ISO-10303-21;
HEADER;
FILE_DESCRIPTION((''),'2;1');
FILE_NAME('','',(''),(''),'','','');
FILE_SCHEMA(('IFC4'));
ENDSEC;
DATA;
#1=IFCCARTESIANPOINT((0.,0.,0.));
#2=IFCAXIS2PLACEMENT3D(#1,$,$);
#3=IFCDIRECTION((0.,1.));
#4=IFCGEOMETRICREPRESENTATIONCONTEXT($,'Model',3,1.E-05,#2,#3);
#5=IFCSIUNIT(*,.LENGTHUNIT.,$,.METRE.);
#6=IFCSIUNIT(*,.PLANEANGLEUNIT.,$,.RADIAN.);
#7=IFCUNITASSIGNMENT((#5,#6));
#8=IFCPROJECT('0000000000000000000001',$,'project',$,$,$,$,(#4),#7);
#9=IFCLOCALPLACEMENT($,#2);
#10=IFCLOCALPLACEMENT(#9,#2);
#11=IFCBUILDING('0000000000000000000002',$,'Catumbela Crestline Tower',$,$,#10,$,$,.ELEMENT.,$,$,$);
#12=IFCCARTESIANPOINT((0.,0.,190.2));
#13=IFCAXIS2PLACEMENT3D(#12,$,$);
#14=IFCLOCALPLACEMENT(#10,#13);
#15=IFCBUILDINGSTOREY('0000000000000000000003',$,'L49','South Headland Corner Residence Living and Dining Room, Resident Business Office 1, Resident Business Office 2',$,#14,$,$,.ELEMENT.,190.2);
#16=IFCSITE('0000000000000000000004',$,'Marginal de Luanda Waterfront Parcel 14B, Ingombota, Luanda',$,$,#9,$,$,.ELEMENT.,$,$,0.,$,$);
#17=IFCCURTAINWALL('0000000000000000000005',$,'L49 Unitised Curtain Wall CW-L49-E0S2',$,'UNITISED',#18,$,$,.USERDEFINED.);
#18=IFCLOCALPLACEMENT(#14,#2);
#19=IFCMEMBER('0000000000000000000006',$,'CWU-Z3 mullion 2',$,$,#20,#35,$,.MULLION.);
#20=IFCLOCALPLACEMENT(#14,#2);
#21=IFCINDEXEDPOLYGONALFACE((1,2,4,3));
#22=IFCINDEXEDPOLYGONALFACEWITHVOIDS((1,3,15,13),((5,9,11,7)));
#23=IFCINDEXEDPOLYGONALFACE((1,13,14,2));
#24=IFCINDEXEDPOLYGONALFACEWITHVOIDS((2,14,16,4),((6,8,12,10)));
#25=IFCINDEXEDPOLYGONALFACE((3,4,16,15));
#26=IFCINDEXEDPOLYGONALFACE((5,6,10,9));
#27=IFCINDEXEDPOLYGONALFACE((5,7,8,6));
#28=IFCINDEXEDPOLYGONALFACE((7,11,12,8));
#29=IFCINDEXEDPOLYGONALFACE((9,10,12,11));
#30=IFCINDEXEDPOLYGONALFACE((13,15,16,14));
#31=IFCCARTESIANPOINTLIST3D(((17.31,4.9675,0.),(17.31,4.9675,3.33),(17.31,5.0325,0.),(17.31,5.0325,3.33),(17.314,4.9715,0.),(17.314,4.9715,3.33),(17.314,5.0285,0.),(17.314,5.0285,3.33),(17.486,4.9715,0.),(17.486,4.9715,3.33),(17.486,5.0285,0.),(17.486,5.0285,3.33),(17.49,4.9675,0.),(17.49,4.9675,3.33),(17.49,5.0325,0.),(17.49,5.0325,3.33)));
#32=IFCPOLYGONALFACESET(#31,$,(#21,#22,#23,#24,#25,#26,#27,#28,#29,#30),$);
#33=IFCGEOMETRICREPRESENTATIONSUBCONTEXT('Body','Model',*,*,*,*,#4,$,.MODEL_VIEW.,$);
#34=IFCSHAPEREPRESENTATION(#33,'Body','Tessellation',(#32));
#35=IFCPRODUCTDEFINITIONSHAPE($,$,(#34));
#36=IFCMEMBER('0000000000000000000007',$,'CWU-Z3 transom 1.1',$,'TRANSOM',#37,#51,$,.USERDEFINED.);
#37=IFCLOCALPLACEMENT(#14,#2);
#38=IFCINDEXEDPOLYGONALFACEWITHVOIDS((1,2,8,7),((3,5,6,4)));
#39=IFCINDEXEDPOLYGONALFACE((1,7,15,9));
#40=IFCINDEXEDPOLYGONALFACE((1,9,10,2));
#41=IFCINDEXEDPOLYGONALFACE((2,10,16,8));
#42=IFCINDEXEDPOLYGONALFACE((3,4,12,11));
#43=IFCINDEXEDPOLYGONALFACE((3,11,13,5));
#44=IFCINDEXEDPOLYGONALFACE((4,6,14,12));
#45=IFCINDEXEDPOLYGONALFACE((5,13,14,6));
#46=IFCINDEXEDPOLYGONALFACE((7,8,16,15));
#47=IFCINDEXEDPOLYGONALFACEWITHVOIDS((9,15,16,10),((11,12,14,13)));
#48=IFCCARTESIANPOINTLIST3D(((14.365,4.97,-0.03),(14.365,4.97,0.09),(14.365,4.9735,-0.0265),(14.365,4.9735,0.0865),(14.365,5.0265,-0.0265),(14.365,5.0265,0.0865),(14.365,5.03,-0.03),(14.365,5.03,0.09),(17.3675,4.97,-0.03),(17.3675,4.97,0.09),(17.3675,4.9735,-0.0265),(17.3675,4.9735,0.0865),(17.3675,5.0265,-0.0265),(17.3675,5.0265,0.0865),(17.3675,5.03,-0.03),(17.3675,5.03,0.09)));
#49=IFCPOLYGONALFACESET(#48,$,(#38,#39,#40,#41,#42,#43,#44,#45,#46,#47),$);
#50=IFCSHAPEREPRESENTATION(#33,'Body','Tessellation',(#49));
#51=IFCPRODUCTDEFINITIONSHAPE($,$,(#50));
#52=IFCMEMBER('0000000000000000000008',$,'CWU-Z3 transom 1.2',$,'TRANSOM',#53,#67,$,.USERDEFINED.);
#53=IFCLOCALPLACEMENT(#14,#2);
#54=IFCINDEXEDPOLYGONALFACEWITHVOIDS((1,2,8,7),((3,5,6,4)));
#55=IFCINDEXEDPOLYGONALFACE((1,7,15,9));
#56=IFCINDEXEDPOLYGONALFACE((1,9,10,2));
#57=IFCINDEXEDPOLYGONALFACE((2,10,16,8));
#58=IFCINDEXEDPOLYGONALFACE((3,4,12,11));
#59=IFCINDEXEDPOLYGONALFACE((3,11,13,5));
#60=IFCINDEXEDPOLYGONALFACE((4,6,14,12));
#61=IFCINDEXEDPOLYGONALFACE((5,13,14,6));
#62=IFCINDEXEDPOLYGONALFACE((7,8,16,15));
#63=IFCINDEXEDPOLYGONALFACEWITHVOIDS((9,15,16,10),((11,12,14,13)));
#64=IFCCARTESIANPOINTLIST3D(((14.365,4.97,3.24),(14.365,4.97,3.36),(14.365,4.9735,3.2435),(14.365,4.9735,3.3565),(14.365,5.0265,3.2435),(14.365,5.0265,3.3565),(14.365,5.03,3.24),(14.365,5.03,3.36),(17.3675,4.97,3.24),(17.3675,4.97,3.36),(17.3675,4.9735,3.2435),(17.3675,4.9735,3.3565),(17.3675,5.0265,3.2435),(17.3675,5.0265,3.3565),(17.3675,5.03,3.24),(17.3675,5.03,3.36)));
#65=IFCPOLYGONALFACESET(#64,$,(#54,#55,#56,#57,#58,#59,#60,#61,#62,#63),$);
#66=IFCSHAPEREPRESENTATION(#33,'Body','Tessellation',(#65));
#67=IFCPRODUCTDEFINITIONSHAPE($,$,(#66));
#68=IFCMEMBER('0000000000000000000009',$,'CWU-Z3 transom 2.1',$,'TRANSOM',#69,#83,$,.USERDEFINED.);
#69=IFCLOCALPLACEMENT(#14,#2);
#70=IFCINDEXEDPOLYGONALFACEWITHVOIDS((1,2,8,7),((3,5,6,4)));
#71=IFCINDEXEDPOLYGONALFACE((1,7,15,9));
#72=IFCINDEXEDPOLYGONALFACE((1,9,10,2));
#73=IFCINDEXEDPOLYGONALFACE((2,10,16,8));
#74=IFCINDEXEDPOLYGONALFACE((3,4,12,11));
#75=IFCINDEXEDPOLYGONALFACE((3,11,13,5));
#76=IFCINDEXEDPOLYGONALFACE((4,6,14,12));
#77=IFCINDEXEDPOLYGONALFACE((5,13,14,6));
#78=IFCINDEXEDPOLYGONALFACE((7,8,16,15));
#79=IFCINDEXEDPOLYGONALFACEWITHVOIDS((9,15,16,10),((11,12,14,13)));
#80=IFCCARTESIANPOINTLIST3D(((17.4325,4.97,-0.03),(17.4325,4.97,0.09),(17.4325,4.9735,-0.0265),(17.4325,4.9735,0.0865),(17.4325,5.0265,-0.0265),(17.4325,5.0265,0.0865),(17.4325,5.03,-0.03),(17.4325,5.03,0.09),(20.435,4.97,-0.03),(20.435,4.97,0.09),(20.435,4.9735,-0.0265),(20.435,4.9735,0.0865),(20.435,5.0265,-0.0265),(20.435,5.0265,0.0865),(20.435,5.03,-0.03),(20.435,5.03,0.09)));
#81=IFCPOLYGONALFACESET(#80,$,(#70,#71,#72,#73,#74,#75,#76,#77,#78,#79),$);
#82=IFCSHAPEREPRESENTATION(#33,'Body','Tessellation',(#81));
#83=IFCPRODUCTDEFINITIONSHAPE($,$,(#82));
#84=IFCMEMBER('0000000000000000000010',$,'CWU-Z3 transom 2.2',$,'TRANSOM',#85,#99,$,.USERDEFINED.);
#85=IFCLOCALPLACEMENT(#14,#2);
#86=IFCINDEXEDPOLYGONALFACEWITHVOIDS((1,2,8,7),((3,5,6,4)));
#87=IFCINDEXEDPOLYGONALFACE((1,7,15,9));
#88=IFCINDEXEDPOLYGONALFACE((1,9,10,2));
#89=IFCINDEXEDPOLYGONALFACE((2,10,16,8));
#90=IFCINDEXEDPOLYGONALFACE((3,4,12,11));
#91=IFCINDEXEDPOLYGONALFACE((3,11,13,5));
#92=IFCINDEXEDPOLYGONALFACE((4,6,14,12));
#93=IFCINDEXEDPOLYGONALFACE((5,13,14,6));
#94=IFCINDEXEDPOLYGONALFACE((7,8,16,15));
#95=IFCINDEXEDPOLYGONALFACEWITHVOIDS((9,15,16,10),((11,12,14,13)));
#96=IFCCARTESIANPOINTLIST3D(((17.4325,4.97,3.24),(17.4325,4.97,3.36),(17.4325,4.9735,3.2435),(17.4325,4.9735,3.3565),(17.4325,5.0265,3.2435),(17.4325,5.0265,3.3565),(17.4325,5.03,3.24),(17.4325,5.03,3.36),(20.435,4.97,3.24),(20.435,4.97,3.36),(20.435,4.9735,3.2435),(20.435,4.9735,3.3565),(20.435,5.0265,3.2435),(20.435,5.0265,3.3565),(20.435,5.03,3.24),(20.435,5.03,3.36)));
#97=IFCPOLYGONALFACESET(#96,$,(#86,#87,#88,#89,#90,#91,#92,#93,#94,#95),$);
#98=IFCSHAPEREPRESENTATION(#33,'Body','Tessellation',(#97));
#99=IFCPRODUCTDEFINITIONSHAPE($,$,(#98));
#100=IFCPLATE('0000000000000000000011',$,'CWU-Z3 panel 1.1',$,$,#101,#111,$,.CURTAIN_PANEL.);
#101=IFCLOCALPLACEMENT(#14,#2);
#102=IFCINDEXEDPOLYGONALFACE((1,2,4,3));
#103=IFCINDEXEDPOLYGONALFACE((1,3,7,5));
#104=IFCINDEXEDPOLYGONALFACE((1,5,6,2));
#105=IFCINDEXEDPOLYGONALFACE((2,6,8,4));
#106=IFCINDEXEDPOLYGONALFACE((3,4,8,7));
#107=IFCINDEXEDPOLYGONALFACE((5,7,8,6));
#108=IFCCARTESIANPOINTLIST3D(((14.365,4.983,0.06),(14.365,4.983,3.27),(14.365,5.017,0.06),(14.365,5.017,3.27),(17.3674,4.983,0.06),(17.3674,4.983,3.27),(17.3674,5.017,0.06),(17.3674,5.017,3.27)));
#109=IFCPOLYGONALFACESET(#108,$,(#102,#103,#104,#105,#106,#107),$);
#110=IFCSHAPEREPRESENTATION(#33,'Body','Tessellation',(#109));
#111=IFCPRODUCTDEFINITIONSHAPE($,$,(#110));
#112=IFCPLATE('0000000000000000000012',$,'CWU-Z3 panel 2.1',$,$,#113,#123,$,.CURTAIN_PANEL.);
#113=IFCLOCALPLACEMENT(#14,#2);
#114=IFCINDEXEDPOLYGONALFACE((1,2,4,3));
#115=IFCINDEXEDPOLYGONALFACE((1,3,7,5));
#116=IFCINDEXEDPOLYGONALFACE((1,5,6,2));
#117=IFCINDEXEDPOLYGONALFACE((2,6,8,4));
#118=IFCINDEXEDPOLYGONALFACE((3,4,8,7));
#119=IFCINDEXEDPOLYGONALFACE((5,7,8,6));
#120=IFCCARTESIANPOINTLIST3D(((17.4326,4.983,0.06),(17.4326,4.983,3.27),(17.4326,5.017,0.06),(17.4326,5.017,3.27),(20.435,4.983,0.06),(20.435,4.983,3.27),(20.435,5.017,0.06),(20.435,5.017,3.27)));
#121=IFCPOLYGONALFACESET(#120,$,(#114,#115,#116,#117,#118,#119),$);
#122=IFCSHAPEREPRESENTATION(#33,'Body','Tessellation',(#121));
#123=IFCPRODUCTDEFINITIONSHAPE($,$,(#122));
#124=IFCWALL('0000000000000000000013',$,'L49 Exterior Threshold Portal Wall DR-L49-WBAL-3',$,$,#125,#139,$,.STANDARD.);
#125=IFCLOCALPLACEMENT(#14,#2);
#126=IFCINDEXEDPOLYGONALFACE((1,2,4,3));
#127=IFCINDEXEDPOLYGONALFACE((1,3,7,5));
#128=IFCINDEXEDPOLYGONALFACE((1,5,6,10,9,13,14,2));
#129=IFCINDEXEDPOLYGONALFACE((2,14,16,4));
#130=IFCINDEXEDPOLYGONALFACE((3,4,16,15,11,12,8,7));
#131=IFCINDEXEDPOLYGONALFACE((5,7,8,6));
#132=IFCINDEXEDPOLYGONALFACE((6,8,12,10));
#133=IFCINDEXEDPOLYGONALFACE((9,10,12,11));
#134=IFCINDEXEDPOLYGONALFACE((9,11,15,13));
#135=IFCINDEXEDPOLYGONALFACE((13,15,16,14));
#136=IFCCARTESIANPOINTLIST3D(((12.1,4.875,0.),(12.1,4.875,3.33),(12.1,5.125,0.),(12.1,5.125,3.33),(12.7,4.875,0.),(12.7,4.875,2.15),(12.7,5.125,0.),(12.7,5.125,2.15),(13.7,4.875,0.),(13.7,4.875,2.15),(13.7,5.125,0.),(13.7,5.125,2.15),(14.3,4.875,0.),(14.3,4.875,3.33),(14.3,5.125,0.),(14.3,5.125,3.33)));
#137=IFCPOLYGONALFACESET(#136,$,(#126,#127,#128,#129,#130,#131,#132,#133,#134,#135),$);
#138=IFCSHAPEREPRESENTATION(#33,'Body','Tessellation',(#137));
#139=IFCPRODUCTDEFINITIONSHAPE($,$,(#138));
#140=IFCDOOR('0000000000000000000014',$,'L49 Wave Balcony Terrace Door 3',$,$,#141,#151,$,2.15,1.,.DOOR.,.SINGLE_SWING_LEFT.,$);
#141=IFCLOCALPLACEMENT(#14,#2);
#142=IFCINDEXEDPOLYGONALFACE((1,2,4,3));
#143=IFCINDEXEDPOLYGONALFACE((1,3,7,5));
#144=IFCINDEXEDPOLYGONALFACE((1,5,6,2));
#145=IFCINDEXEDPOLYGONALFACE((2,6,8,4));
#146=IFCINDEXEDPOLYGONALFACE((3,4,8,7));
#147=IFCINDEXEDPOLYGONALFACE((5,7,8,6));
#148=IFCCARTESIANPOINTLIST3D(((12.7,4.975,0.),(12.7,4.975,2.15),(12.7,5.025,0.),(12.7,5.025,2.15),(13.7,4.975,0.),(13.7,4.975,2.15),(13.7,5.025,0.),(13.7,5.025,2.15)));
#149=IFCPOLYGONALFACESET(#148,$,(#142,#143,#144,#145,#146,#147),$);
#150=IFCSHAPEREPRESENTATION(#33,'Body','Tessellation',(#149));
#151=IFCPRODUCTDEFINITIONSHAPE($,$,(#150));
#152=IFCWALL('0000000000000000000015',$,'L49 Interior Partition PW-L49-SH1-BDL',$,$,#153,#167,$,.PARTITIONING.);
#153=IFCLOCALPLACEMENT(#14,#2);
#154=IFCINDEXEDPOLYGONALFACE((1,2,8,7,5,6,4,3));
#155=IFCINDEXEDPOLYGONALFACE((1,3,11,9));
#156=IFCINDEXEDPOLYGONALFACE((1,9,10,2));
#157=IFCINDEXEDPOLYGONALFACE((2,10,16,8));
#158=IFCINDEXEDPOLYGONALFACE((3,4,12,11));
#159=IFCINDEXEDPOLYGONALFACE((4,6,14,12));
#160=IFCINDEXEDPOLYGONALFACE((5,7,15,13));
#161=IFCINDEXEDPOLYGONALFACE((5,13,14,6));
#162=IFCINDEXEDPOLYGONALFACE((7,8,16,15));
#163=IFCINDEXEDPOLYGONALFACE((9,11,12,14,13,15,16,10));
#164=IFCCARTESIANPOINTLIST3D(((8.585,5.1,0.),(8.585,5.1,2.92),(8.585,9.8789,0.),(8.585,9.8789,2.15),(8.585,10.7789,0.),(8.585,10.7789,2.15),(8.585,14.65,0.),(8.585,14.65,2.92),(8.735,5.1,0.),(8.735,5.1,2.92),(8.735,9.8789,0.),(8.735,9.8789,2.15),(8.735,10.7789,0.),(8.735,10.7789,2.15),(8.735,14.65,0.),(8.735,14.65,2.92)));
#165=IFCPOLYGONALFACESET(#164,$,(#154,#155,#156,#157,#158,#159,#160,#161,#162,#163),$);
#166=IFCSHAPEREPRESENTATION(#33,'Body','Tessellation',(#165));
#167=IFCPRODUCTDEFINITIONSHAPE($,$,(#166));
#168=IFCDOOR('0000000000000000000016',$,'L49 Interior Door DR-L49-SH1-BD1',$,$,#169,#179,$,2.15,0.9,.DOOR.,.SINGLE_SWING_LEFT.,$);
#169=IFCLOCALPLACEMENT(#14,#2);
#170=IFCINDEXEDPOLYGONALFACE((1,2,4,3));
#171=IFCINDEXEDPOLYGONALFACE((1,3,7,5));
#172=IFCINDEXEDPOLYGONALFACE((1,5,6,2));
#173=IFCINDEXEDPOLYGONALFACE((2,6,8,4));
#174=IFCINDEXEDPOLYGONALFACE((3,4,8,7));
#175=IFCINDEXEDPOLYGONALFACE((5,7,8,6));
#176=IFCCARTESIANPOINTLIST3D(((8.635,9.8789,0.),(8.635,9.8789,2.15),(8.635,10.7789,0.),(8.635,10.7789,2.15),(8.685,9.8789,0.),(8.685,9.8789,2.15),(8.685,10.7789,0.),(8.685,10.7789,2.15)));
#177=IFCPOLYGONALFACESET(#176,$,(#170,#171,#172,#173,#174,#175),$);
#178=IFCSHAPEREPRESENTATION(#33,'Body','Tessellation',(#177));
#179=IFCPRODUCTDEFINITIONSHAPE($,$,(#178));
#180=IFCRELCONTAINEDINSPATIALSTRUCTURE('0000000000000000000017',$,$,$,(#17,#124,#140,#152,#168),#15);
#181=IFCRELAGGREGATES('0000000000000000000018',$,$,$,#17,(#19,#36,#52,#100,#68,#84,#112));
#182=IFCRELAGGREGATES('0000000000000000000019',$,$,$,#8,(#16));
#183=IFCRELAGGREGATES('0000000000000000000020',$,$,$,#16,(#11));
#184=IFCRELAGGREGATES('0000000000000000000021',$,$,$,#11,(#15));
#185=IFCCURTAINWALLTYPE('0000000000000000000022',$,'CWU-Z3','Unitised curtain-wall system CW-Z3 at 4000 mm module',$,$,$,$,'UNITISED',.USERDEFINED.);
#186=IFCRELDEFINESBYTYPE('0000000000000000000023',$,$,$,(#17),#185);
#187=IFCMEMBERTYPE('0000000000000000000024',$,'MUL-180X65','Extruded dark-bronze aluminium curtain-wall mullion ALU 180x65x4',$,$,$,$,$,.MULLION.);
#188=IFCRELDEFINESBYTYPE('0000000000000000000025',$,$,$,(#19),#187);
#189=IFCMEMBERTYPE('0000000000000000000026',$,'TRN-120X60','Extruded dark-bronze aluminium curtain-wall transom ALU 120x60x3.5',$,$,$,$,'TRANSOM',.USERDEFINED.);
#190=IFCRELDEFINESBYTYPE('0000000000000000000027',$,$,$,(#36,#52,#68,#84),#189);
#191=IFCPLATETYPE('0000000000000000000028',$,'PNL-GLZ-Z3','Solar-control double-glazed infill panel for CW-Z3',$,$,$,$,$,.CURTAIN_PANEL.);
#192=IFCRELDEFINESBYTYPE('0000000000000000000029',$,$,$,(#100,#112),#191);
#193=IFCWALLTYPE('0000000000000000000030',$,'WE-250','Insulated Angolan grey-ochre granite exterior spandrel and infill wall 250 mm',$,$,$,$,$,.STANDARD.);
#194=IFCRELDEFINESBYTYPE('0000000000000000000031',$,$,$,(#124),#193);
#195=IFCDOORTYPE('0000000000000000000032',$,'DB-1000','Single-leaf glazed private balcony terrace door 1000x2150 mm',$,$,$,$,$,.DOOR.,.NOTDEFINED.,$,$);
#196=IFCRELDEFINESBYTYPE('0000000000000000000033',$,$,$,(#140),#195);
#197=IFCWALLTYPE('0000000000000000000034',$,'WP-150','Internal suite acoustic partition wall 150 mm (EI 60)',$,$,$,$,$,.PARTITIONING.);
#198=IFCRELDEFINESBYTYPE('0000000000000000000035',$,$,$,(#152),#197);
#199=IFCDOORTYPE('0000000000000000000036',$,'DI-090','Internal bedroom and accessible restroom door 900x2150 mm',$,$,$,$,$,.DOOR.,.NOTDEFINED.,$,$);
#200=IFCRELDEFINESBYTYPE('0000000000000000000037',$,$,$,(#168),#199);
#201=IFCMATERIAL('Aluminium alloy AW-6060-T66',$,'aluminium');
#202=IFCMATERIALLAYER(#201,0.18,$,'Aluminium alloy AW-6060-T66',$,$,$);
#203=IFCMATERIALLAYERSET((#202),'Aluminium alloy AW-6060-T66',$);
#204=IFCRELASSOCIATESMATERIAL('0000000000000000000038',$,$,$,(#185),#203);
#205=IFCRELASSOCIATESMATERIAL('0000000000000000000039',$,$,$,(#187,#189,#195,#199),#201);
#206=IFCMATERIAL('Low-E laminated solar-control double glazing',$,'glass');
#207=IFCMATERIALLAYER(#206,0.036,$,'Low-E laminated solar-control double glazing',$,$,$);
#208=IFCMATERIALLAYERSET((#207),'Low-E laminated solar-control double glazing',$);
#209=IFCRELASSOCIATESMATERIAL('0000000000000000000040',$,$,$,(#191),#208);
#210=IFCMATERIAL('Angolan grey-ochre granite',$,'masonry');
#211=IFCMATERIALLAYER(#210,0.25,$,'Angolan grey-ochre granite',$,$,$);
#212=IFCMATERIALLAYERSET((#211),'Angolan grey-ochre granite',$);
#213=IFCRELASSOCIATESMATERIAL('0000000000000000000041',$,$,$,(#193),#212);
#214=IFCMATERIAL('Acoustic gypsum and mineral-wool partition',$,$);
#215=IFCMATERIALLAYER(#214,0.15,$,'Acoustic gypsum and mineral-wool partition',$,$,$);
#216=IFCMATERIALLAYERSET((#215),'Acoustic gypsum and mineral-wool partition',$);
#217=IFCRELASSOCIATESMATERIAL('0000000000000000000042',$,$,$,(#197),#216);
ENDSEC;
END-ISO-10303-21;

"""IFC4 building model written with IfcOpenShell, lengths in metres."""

from ifc_helpers import new_model, si_unit, direction, frame, frame_2d, origin, origin_2d, place, context, subcontext, project, spatial, rectangle, hollow_rectangle, extrude, material, layer, layer_set, material_profile, profile_set, type_object, element, fill, aggregate, save


model = new_model("IFC4")

# Units and contexts
model_context = context("Model", 3, precision=1e-05, world=origin(), true_north=direction((0.0, 1.0)))
body_context = subcontext(model_context, "Body", "Model", "MODEL_VIEW")
ifc_project = project(units=[si_unit("LENGTHUNIT", "METRE"), si_unit("PLANEANGLEUNIT", "RADIAN")], contexts=[model_context])

# Site, building, storey
site_placement = place(None, origin())
site = spatial("IfcSite", under=ifc_project, at=site_placement, Name="Marginal de Luanda Waterfront Parcel 14B, Ingombota, Luanda", CompositionType="ELEMENT", RefElevation=0.0)
building_placement = place(site_placement, origin())
building = spatial("IfcBuilding", under=site, at=building_placement, Name="Catumbela Crestline Tower", CompositionType="ELEMENT")
storey_placement = place(building_placement, frame((0.0, 0.0, 190.2)))
storey = spatial("IfcBuildingStorey", under=building, at=storey_placement, Name="L49", Description="South Headland Corner Residence Living and Dining Room, Resident Business Office 1, Resident Business Office 2", CompositionType="ELEMENT", Elevation=190.2)

# Curtain wall, members, plates
ifc_material_1 = material(Name="Aluminium alloy AW-6060-T66", Category="aluminium")
ifc_layer_1 = layer(ifc_material_1, 0.18, Name="Aluminium alloy AW-6060-T66")
ifc_layer_set_1 = layer_set([ifc_layer_1], Name="Aluminium alloy AW-6060-T66")
curtain_wall_type = type_object("IfcCurtainWallType", Name="CWU-Z3", Description="Unitised curtain-wall system CW-Z3 at 4000 mm module", ElementType="UNITISED", PredefinedType="USERDEFINED", material=ifc_layer_set_1)
curtain_wall_placement = place(storey_placement, origin())
curtain_wall = element("IfcCurtainWall", 1, at=curtain_wall_placement, inside=storey, type_object=curtain_wall_type, Name="L49 Unitised Curtain Wall CW-L49-E0S2", ObjectType="UNITISED", PredefinedType="USERDEFINED")
ifc_material_profile_1 = material_profile(ifc_material_1, hollow_rectangle(XDim=0.065, YDim=0.18, WallThickness=0.004, at=origin_2d()), Name="ALU 180x65x4")
ifc_profile_set_1 = profile_set([ifc_material_profile_1], Name="Aluminium alloy AW-6060-T66")
member_type_1 = type_object("IfcMemberType", Name="MUL-180X65", Description="Extruded dark-bronze aluminium curtain-wall mullion ALU 180x65x4", PredefinedType="MULLION", material=ifc_profile_set_1)
member_1_placement = place(storey_placement, frame((17.4, 5.0, 0.0), z_axis=(0.0, 0.0, 1.0), x_axis=(0.0, 1.0, 0.0)))
member_1 = element("IfcMember", 2, at=member_1_placement, type_object=member_type_1, Name="CWU-Z3 mullion 2", PredefinedType="MULLION", context=body_context, shape_type="SweptSolid", body=[
    extrude(hollow_rectangle(XDim=0.065, YDim=0.18, WallThickness=0.004, at=origin_2d()), origin(), (0.0, 0.0, 1.0), 3.33),
])
ifc_material_profile_2 = material_profile(ifc_material_1, hollow_rectangle(XDim=0.06, YDim=0.12, WallThickness=0.0035, at=origin_2d()), Name="ALU 120x60x3.5")
ifc_profile_set_2 = profile_set([ifc_material_profile_2], Name="Aluminium alloy AW-6060-T66")
member_type_2 = type_object("IfcMemberType", Name="TRN-120X60", Description="Extruded dark-bronze aluminium curtain-wall transom ALU 120x60x3.5", ElementType="TRANSOM", PredefinedType="USERDEFINED", material=ifc_profile_set_2)
member_2_placement = place(storey_placement, frame((14.365, 5.0, 0.03), z_axis=(1.0, 0.0, 0.0), x_axis=(0.0, 1.0, 0.0)))
member_2 = element("IfcMember", 3, at=member_2_placement, type_object=member_type_2, Name="CWU-Z3 transom 1.1", ObjectType="TRANSOM", PredefinedType="USERDEFINED", context=body_context, shape_type="SweptSolid", body=[
    extrude(hollow_rectangle(XDim=0.06, YDim=0.12, WallThickness=0.0035, at=origin_2d()), origin(), (0.0, 0.0, 1.0), 3.0025),
])
member_3_placement = place(storey_placement, frame((14.365, 5.0, 3.3), z_axis=(1.0, 0.0, 0.0), x_axis=(0.0, 1.0, 0.0)))
member_3 = element("IfcMember", 4, at=member_3_placement, type_object=member_type_2, Name="CWU-Z3 transom 1.2", ObjectType="TRANSOM", PredefinedType="USERDEFINED", context=body_context, shape_type="SweptSolid", body=[
    extrude(hollow_rectangle(XDim=0.06, YDim=0.12, WallThickness=0.0035, at=origin_2d()), origin(), (0.0, 0.0, 1.0), 3.0025),
])
member_4_placement = place(storey_placement, frame((17.4325, 5.0, 0.03), z_axis=(1.0, 0.0, 0.0), x_axis=(0.0, 1.0, 0.0)))
member_4 = element("IfcMember", 5, at=member_4_placement, type_object=member_type_2, Name="CWU-Z3 transom 2.1", ObjectType="TRANSOM", PredefinedType="USERDEFINED", context=body_context, shape_type="SweptSolid", body=[
    extrude(hollow_rectangle(XDim=0.06, YDim=0.12, WallThickness=0.0035, at=origin_2d()), origin(), (0.0, 0.0, 1.0), 3.0025),
])
member_5_placement = place(storey_placement, frame((17.4325, 5.0, 3.3), z_axis=(1.0, 0.0, 0.0), x_axis=(0.0, 1.0, 0.0)))
member_5 = element("IfcMember", 6, at=member_5_placement, type_object=member_type_2, Name="CWU-Z3 transom 2.2", ObjectType="TRANSOM", PredefinedType="USERDEFINED", context=body_context, shape_type="SweptSolid", body=[
    extrude(hollow_rectangle(XDim=0.06, YDim=0.12, WallThickness=0.0035, at=origin_2d()), origin(), (0.0, 0.0, 1.0), 3.0025),
])
ifc_material_2 = material(Name="Low-E laminated solar-control double glazing", Category="glass")
ifc_layer_2 = layer(ifc_material_2, 0.036, Name="Low-E laminated solar-control double glazing")
ifc_layer_set_2 = layer_set([ifc_layer_2], Name="Low-E laminated solar-control double glazing")
plate_type = type_object("IfcPlateType", Name="PNL-GLZ-Z3", Description="Solar-control double-glazed infill panel for CW-Z3", PredefinedType="CURTAIN_PANEL", material=ifc_layer_set_2)
plate_1_placement = place(storey_placement, frame((15.8662, 5.0, 0.06), z_axis=(0.0, 0.0, 1.0), x_axis=(1.0, 0.0, 0.0)))
plate_1 = element("IfcPlate", 7, at=plate_1_placement, type_object=plate_type, Name="CWU-Z3 panel 1.1", PredefinedType="CURTAIN_PANEL", context=body_context, shape_type="SweptSolid", body=[
    extrude(rectangle(XDim=3.0025, YDim=0.034, at=origin_2d()), origin(), (0.0, 0.0, 1.0), 3.21),
])
plate_2_placement = place(storey_placement, frame((18.9338, 5.0, 0.06), z_axis=(0.0, 0.0, 1.0), x_axis=(1.0, 0.0, 0.0)))
plate_2 = element("IfcPlate", 8, at=plate_2_placement, type_object=plate_type, Name="CWU-Z3 panel 2.1", PredefinedType="CURTAIN_PANEL", context=body_context, shape_type="SweptSolid", body=[
    extrude(rectangle(XDim=3.0025, YDim=0.034, at=origin_2d()), origin(), (0.0, 0.0, 1.0), 3.21),
])
aggregate(curtain_wall, [member_1, member_2, member_3, plate_1, member_4, member_5, plate_2])

# Walls, openings, doors
ifc_material_3 = material(Name="Angolan grey-ochre granite", Category="masonry")
ifc_layer_3 = layer(ifc_material_3, 0.25, Name="Angolan grey-ochre granite")
ifc_layer_set_3 = layer_set([ifc_layer_3], Name="Angolan grey-ochre granite")
wall_type_1 = type_object("IfcWallType", Name="WE-250", Description="Insulated Angolan grey-ochre granite exterior spandrel and infill wall 250 mm", PredefinedType="STANDARD", material=ifc_layer_set_3)
wall_1_placement = place(storey_placement, frame((12.1, 5.0, 0.0), z_axis=(0.0, 0.0, 1.0), x_axis=(1.0, 0.0, 0.0)))
wall_1 = element("IfcWall", 9, at=wall_1_placement, inside=storey, type_object=wall_type_1, Name="L49 Exterior Threshold Portal Wall DR-L49-WBAL-3", PredefinedType="STANDARD", context=body_context, shape_type="SweptSolid", body=[
    extrude(rectangle(XDim=2.2, YDim=0.25, at=frame_2d((1.1, 0.0))), origin(), (0.0, 0.0, 1.0), 3.33),
])
opening_1_placement = place(wall_1_placement, frame((0.6, 0.0, 0.0)))
opening_1 = element("IfcOpeningElement", 10, at=opening_1_placement, cuts=wall_1, PredefinedType="OPENING", context=body_context, shape_type="SweptSolid", body=[
    extrude(rectangle(XDim=1.0, YDim=2.15, at=frame_2d((0.5, 1.075))), frame((0.0, 0.135, 0.0), z_axis=(0.0, -1.0, 0.0), x_axis=(1.0, 0.0, 0.0)), (0.0, 0.0, 1.0), 0.27),
])
door_type_1 = type_object("IfcDoorType", Name="DB-1000", Description="Single-leaf glazed private balcony terrace door 1000x2150 mm", OperationType="NOTDEFINED", PredefinedType="DOOR", material=ifc_material_1)
door_1_placement = place(opening_1_placement, origin())
door_1 = element("IfcDoor", 11, at=door_1_placement, inside=storey, type_object=door_type_1, Name="L49 Wave Balcony Terrace Door 3", OperationType="SINGLE_SWING_LEFT", OverallHeight=2.15, OverallWidth=1.0, PredefinedType="DOOR", context=body_context, shape_type="SweptSolid", body=[
    extrude(rectangle(XDim=1.0, YDim=2.15, at=frame_2d((0.5, 1.075))), frame((0.0, 0.025, 0.0), z_axis=(0.0, -1.0, 0.0), x_axis=(1.0, 0.0, 0.0)), (0.0, 0.0, 1.0), 0.05),
])
fill(opening_1, door_1)
ifc_material_4 = material(Name="Acoustic gypsum and mineral-wool partition")
ifc_layer_4 = layer(ifc_material_4, 0.15, Name="Acoustic gypsum and mineral-wool partition")
ifc_layer_set_4 = layer_set([ifc_layer_4], Name="Acoustic gypsum and mineral-wool partition")
wall_type_2 = type_object("IfcWallType", Name="WP-150", Description="Internal suite acoustic partition wall 150 mm (EI 60)", PredefinedType="PARTITIONING", material=ifc_layer_set_4)
wall_2_placement = place(storey_placement, frame((8.66, 5.1, 0.0), z_axis=(0.0, 0.0, 1.0), x_axis=(0.0, 1.0, 0.0)))
wall_2 = element("IfcWall", 12, at=wall_2_placement, inside=storey, type_object=wall_type_2, Name="L49 Interior Partition PW-L49-SH1-BDL", PredefinedType="PARTITIONING", context=body_context, shape_type="SweptSolid", body=[
    extrude(rectangle(XDim=9.55, YDim=0.15, at=frame_2d((4.775, 0.0))), origin(), (0.0, 0.0, 1.0), 2.92),
])
opening_2_placement = place(wall_2_placement, frame((4.7789, 0.0, 0.0)))
opening_2 = element("IfcOpeningElement", 13, at=opening_2_placement, cuts=wall_2, PredefinedType="OPENING", context=body_context, shape_type="SweptSolid", body=[
    extrude(rectangle(XDim=0.9, YDim=2.15, at=frame_2d((0.45, 1.075))), frame((0.0, 0.085, 0.0), z_axis=(0.0, -1.0, 0.0), x_axis=(1.0, 0.0, 0.0)), (0.0, 0.0, 1.0), 0.17),
])
door_type_2 = type_object("IfcDoorType", Name="DI-090", Description="Internal bedroom and accessible restroom door 900x2150 mm", OperationType="NOTDEFINED", PredefinedType="DOOR", material=ifc_material_1)
door_2_placement = place(opening_2_placement, origin())
door_2 = element("IfcDoor", 14, at=door_2_placement, inside=storey, type_object=door_type_2, Name="L49 Interior Door DR-L49-SH1-BD1", OperationType="SINGLE_SWING_LEFT", OverallHeight=2.15, OverallWidth=0.9, PredefinedType="DOOR", context=body_context, shape_type="SweptSolid", body=[
    extrude(rectangle(XDim=0.9, YDim=2.15, at=frame_2d((0.45, 1.075))), frame((0.0, 0.025, 0.0), z_axis=(0.0, -1.0, 0.0), x_axis=(1.0, 0.0, 0.0)), (0.0, 0.0, 1.0), 0.05),
])
fill(opening_2, door_2)

save(model, "model.ifc")
